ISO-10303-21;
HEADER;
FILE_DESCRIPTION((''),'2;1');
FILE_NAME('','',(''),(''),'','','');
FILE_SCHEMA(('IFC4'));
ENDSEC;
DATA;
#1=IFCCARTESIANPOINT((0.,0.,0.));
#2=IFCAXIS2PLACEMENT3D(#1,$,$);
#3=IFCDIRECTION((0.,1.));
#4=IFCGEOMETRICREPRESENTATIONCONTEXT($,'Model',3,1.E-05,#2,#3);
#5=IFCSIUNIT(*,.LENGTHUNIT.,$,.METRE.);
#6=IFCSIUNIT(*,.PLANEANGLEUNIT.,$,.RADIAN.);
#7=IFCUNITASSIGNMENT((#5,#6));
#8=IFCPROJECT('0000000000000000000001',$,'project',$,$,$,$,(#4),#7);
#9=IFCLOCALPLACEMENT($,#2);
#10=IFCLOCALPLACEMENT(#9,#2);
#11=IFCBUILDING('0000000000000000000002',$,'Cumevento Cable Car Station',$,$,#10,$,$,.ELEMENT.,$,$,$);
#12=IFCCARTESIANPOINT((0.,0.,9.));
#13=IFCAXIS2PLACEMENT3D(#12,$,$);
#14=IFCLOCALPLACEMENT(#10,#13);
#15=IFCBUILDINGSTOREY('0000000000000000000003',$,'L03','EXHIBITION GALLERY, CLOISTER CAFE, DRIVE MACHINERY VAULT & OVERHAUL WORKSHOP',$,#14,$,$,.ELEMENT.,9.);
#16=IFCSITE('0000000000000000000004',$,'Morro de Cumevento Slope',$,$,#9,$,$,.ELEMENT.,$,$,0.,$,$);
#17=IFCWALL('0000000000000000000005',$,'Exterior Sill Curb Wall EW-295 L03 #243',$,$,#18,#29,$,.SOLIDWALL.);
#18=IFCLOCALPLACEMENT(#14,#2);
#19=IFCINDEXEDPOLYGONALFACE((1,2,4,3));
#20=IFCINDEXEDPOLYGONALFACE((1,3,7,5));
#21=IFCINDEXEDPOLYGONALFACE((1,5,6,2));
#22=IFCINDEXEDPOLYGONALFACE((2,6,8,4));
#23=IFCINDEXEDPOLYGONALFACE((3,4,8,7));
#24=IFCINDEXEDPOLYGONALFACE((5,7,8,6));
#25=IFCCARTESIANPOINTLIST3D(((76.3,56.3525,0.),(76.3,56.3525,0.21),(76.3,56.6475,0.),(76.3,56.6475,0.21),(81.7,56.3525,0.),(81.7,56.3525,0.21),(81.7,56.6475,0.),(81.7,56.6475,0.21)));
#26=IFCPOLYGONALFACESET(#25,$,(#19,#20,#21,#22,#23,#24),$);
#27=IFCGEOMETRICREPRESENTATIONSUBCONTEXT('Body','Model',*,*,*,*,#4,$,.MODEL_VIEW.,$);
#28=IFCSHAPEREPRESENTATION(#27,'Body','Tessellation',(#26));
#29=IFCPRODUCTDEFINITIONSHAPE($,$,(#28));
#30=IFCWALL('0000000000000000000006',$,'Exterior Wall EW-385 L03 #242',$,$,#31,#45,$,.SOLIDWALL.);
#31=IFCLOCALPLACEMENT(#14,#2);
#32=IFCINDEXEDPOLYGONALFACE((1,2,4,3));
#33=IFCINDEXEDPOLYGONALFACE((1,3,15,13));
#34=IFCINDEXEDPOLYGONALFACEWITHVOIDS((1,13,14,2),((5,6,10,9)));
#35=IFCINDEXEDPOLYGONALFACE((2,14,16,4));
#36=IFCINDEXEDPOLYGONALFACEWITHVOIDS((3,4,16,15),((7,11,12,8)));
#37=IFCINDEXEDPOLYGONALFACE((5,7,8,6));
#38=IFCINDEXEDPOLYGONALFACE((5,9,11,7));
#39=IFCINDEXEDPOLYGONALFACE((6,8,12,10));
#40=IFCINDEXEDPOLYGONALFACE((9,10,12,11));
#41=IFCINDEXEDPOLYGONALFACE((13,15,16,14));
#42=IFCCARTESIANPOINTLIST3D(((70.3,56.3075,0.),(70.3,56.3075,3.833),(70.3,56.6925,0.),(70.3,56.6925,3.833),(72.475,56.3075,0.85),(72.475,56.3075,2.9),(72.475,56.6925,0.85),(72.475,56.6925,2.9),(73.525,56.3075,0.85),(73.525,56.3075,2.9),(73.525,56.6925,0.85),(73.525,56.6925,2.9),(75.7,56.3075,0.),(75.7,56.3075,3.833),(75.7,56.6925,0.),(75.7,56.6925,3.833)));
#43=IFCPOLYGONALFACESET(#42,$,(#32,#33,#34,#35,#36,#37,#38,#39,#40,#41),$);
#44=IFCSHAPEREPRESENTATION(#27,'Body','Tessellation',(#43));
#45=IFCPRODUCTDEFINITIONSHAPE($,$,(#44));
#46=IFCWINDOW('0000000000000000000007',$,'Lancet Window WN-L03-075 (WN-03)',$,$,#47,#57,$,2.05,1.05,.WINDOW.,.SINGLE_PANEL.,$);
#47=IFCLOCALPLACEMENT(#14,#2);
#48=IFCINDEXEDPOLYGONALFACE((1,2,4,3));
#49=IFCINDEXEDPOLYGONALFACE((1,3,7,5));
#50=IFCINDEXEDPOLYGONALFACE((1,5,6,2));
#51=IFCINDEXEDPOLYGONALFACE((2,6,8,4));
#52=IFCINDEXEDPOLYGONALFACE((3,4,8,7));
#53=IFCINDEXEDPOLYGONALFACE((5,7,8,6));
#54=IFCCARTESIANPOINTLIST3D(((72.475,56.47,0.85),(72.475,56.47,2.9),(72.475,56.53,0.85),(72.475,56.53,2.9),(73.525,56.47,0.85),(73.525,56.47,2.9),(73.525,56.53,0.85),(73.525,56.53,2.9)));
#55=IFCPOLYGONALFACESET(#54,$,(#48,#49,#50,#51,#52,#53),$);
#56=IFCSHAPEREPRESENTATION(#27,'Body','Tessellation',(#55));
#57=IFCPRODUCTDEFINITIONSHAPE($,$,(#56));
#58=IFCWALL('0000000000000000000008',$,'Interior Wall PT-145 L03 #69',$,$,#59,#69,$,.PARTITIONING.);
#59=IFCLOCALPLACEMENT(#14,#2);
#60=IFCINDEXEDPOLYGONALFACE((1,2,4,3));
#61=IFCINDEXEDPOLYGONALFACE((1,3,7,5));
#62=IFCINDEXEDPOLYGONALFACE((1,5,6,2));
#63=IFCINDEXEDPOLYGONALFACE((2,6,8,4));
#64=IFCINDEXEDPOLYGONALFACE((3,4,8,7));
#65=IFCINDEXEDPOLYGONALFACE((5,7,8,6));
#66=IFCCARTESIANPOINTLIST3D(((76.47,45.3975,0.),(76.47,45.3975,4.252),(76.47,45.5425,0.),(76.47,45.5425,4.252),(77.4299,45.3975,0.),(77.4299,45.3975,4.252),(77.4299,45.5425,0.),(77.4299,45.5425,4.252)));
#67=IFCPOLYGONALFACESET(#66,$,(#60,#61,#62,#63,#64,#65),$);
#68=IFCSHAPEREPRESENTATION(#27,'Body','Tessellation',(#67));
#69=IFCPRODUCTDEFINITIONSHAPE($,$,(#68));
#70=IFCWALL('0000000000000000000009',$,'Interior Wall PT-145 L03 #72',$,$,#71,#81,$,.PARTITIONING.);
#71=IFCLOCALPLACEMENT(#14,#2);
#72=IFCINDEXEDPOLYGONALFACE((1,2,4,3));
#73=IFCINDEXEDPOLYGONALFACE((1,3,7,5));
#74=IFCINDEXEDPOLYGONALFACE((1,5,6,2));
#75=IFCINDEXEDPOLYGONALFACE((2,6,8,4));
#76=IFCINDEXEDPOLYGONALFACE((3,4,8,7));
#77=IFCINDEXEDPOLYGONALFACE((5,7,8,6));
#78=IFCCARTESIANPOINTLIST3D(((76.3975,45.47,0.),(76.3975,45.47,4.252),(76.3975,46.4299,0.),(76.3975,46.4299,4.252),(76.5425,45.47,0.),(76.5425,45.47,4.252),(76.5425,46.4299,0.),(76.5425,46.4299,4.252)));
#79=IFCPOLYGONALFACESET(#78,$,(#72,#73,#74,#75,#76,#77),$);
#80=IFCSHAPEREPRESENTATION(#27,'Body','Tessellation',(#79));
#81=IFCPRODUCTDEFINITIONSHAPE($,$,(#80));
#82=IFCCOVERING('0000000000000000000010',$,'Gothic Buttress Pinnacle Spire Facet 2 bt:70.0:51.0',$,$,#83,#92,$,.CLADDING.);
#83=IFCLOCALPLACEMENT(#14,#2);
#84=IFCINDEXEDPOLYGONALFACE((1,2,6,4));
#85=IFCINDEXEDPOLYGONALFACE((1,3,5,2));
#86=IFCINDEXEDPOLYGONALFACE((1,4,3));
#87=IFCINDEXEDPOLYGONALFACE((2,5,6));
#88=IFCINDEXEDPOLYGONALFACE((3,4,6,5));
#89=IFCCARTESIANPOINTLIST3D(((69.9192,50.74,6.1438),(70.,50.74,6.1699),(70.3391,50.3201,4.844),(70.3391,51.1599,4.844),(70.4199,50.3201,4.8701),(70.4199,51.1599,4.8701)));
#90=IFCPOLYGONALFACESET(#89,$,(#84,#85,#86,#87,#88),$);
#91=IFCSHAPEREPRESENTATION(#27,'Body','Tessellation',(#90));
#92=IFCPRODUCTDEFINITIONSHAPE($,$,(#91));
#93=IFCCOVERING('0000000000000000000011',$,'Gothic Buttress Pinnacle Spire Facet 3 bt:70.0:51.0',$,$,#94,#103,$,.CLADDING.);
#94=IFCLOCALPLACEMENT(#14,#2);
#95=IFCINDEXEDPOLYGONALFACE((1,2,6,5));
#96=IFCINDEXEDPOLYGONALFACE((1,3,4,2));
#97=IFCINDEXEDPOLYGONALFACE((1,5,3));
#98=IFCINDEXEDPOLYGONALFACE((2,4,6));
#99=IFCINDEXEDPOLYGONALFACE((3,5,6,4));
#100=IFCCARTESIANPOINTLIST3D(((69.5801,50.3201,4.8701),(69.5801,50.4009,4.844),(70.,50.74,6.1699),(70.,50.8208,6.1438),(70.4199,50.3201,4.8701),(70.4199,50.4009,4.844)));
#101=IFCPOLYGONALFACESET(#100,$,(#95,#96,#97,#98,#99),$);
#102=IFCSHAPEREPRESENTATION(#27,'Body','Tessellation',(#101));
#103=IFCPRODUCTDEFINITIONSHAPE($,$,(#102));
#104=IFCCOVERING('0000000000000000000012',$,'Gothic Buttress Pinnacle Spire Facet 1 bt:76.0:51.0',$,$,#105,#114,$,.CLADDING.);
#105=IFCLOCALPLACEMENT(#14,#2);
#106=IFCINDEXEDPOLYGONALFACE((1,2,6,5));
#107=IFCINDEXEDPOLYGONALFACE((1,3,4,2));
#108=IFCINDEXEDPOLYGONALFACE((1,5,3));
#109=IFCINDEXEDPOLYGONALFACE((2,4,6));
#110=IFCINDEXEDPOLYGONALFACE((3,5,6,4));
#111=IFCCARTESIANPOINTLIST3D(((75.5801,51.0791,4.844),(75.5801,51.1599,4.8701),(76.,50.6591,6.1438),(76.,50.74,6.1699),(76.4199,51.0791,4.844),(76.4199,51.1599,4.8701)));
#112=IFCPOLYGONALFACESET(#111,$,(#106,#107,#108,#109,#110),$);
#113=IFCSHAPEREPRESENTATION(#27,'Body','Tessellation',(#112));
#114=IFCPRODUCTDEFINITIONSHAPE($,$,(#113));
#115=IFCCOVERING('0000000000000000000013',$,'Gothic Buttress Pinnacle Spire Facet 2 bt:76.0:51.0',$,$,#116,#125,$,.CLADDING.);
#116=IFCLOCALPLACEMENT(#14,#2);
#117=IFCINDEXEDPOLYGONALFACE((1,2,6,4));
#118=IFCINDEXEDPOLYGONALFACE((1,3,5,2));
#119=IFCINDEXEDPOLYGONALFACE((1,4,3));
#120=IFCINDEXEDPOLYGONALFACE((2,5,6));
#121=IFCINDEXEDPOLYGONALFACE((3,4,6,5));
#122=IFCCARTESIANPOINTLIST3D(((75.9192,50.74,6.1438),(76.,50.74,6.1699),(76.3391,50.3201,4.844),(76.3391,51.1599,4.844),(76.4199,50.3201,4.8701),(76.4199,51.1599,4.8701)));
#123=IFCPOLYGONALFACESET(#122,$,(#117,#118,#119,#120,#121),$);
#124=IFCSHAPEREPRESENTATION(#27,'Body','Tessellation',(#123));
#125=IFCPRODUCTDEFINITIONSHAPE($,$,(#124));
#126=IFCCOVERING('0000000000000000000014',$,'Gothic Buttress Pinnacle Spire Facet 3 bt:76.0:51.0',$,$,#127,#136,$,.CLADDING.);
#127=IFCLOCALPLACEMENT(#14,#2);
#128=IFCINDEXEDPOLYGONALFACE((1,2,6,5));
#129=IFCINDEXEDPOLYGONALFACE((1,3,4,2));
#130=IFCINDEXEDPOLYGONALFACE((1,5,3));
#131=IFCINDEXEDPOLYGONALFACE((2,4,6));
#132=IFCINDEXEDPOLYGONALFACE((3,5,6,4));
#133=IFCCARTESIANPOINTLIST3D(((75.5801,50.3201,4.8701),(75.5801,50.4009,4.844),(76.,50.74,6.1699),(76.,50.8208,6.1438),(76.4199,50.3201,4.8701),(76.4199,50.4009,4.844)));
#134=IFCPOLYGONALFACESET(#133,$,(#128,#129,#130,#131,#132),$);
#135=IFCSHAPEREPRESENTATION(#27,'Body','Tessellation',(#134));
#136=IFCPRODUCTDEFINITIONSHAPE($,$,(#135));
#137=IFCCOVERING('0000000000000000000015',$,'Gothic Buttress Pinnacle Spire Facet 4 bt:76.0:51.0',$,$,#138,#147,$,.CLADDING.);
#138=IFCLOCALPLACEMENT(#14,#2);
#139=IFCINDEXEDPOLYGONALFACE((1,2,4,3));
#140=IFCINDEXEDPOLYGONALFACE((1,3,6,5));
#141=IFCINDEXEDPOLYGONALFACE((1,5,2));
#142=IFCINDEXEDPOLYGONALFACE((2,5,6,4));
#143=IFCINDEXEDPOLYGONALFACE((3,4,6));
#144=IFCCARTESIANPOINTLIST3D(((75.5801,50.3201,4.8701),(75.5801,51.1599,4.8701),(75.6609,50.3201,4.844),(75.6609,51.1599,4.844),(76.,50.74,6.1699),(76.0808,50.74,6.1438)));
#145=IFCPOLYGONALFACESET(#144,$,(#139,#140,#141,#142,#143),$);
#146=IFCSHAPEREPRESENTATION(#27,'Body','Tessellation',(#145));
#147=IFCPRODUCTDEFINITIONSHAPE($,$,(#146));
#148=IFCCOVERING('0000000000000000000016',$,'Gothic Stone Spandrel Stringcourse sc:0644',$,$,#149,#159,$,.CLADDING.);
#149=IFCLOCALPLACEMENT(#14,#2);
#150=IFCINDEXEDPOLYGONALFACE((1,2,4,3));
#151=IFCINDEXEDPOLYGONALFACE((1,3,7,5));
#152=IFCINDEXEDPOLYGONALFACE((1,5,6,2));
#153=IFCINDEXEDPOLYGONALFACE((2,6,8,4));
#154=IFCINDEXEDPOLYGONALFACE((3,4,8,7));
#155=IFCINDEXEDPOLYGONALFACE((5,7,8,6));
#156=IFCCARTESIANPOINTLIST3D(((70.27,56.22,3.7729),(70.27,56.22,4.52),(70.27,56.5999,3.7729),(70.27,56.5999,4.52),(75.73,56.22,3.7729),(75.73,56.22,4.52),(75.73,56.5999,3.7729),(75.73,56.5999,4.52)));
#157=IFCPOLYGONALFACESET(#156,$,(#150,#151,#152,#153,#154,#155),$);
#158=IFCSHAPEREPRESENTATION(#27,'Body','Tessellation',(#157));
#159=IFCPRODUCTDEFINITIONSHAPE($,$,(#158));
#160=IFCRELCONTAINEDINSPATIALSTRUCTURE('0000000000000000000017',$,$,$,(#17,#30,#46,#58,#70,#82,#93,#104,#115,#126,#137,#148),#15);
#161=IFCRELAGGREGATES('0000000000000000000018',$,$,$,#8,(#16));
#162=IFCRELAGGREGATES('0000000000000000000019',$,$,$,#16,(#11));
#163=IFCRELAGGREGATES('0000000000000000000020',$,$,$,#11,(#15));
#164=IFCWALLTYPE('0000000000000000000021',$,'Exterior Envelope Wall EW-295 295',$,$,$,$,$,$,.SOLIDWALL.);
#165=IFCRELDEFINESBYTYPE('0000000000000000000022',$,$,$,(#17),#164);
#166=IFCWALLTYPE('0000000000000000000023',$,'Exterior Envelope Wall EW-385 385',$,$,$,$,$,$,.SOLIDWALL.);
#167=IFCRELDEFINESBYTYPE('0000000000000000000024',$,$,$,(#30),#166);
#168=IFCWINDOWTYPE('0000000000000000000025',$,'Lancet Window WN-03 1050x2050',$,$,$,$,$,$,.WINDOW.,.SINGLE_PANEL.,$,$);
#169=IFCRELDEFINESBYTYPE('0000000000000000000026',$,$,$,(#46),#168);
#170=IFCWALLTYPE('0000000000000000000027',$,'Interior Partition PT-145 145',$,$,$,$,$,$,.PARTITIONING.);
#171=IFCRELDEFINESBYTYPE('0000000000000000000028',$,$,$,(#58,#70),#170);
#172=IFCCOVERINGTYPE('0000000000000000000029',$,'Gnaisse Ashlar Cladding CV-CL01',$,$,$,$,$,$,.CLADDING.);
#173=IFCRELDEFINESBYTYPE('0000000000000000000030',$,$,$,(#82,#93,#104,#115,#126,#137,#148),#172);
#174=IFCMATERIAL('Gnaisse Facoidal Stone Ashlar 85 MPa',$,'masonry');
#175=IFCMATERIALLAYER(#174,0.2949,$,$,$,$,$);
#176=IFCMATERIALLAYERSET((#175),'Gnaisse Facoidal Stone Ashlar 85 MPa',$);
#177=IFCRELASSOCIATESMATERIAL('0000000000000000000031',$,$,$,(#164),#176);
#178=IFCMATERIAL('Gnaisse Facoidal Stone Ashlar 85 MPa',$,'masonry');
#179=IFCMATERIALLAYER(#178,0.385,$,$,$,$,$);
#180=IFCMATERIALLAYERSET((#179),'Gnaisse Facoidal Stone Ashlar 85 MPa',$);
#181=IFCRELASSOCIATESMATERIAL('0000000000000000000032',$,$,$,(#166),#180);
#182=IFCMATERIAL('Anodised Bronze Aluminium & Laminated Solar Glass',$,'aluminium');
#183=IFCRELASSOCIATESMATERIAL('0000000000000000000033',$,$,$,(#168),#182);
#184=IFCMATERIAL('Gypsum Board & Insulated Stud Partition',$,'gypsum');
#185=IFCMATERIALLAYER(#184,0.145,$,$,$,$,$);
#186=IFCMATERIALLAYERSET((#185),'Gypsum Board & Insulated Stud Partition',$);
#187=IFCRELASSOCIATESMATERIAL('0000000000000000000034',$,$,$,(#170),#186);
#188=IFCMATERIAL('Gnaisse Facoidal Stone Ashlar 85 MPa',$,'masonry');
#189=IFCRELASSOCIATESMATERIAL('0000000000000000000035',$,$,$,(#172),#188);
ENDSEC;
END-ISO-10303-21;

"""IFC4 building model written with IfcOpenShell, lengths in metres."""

from ifc_helpers import new_model, si_unit, direction, frame, frame_2d, origin, origin_2d, place, context, subcontext, project, spatial, polyline, rectangle, outline, extrude, material, layer, layer_set, type_object, element, fill, save


model = new_model("IFC4")

# Units and contexts
model_context = context("Model", 3, precision=1e-05, world=origin(), true_north=direction((0.0, 1.0)))
body_context = subcontext(model_context, "Body", "Model", "MODEL_VIEW")
ifc_project = project(units=[si_unit("LENGTHUNIT", "METRE"), si_unit("PLANEANGLEUNIT", "RADIAN")], contexts=[model_context])

# Site, building, storey
site_placement = place(None, origin())
site = spatial("IfcSite", under=ifc_project, at=site_placement, Name="Morro de Cumevento Slope", CompositionType="ELEMENT", RefElevation=0.0)
building_placement = place(site_placement, origin())
building = spatial("IfcBuilding", under=site, at=building_placement, Name="Cumevento Cable Car Station", CompositionType="ELEMENT")
storey_placement = place(building_placement, frame((0.0, 0.0, 9.0)))
storey = spatial("IfcBuildingStorey", under=building, at=storey_placement, Name="L03", Description="EXHIBITION GALLERY, CLOISTER CAFE, DRIVE MACHINERY VAULT & OVERHAUL WORKSHOP", CompositionType="ELEMENT", Elevation=9.0)

# Wall
ifc_material_1 = material(Name="Gnaisse Facoidal Stone Ashlar 85 MPa", Category="masonry")
ifc_layer_1 = layer(ifc_material_1, 0.2949)
ifc_layer_set_1 = layer_set([ifc_layer_1], Name="Gnaisse Facoidal Stone Ashlar 85 MPa")
wall_type_1 = type_object("IfcWallType", Name="Exterior Envelope Wall EW-295 295", PredefinedType="SOLIDWALL", material=ifc_layer_set_1)
wall_1_placement = place(storey_placement, frame((76.3, 56.5, 0.0), z_axis=(0.0, 0.0, 1.0), x_axis=(1.0, 0.0, 0.0)))
element("IfcWall", 1, at=wall_1_placement, inside=storey, type_object=wall_type_1, Name="Exterior Sill Curb Wall EW-295 L03 #243", PredefinedType="SOLIDWALL", context=body_context, shape_type="SweptSolid", body=[
    extrude(rectangle(XDim=5.3999, YDim=0.2949, at=frame_2d((2.7, 0.0))), origin(), (0.0, 0.0, 1.0), 0.21),
])

# Wall, opening, window
ifc_material_2 = material(Name="Gnaisse Facoidal Stone Ashlar 85 MPa", Category="masonry")
ifc_layer_2 = layer(ifc_material_2, 0.385)
ifc_layer_set_2 = layer_set([ifc_layer_2], Name="Gnaisse Facoidal Stone Ashlar 85 MPa")
wall_type_2 = type_object("IfcWallType", Name="Exterior Envelope Wall EW-385 385", PredefinedType="SOLIDWALL", material=ifc_layer_set_2)
wall_2_placement = place(storey_placement, frame((70.3, 56.5, 0.0), z_axis=(0.0, 0.0, 1.0), x_axis=(1.0, 0.0, 0.0)))
wall_2 = element("IfcWall", 2, at=wall_2_placement, inside=storey, type_object=wall_type_2, Name="Exterior Wall EW-385 L03 #242", PredefinedType="SOLIDWALL", context=body_context, shape_type="SweptSolid", body=[
    extrude(rectangle(XDim=5.3999, YDim=0.385, at=frame_2d((2.7, 0.0))), origin(), (0.0, 0.0, 1.0), 3.833),
])
opening_placement = place(wall_2_placement, frame((2.175, 0.0, 0.8501)))
opening = element("IfcOpeningElement", 3, at=opening_placement, cuts=wall_2, PredefinedType="OPENING", context=body_context, shape_type="SweptSolid", body=[
    extrude(rectangle(XDim=1.05, YDim=2.05, at=frame_2d((0.5249, 1.0249))), frame((0.0, 0.2024, 0.0), z_axis=(0.0, -1.0, 0.0), x_axis=(1.0, 0.0, 0.0)), (0.0, 0.0, 1.0), 0.405),
])
ifc_material_3 = material(Name="Anodised Bronze Aluminium & Laminated Solar Glass", Category="aluminium")
window_type = type_object("IfcWindowType", Name="Lancet Window WN-03 1050x2050", PartitioningType="SINGLE_PANEL", PredefinedType="WINDOW", material=ifc_material_3)
window_placement = place(opening_placement, origin())
window = element("IfcWindow", 4, at=window_placement, inside=storey, type_object=window_type, Name="Lancet Window WN-L03-075 (WN-03)", OverallHeight=2.05, OverallWidth=1.05, PartitioningType="SINGLE_PANEL", PredefinedType="WINDOW", context=body_context, shape_type="SweptSolid", body=[
    extrude(rectangle(XDim=1.05, YDim=2.05, at=frame_2d((0.5249, 1.0249))), frame((0.0, 0.03, 0.0), z_axis=(0.0, -1.0, 0.0), x_axis=(1.0, 0.0, 0.0)), (0.0, 0.0, 1.0), 0.0601),
])
fill(opening, window)

# Walls
ifc_material_4 = material(Name="Gypsum Board & Insulated Stud Partition", Category="gypsum")
ifc_layer_3 = layer(ifc_material_4, 0.145)
ifc_layer_set_3 = layer_set([ifc_layer_3], Name="Gypsum Board & Insulated Stud Partition")
wall_type_3 = type_object("IfcWallType", Name="Interior Partition PT-145 145", PredefinedType="PARTITIONING", material=ifc_layer_set_3)
for number, where, z_axis, x_axis, name in (
    (5, (76.47, 45.47, 0.0), (0.0, 0.0, 1.0), (1.0, 0.0, 0.0), "Interior Wall PT-145 L03 #69"),
    (6, (76.47, 46.4299, 0.0), (0.0, 0.0, 1.0), (0.0, -1.0, 0.0), "Interior Wall PT-145 L03 #72"),
):
    element("IfcWall", number, at=place(storey_placement, frame(where, z_axis=z_axis, x_axis=x_axis)), inside=storey, type_object=wall_type_3, Name=name, PredefinedType="PARTITIONING", context=body_context, shape_type="SweptSolid", body=[
        extrude(rectangle(XDim=0.96, YDim=0.145, at=frame_2d((0.48, 0.0))), origin(), (0.0, 0.0, 1.0), 4.252),
    ])

# Coverings
ifc_material_5 = material(Name="Gnaisse Facoidal Stone Ashlar 85 MPa", Category="masonry")
covering_type = type_object("IfcCoveringType", Name="Gnaisse Ashlar Cladding CV-CL01", PredefinedType="CLADDING", material=ifc_material_5)
for number, where, z_axis, x_axis, name in (
    (7, (70.4199, 51.1599, 4.8701), (0.951574, 0.0, 0.307421), (0.0, -1.0, 0.0), "Gothic Buttress Pinnacle Spire Facet 2 bt:70.0:51.0"),
    (8, (70.4199, 50.3201, 4.8701), (0.0, -0.951574, 0.307421), (-1.0, 0.0, 0.0), "Gothic Buttress Pinnacle Spire Facet 3 bt:70.0:51.0"),
    (9, (75.5801, 51.1599, 4.8701), (0.0, 0.951574, 0.307421), (1.0, 0.0, 0.0), "Gothic Buttress Pinnacle Spire Facet 1 bt:76.0:51.0"),
    (10, (76.4199, 51.1599, 4.8701), (0.951574, 0.0, 0.307421), (0.0, -1.0, 0.0), "Gothic Buttress Pinnacle Spire Facet 2 bt:76.0:51.0"),
    (11, (76.4199, 50.3201, 4.8701), (0.0, -0.951574, 0.307421), (-1.0, 0.0, 0.0), "Gothic Buttress Pinnacle Spire Facet 3 bt:76.0:51.0"),
    (12, (75.5801, 50.3201, 4.8701), (-0.951574, 0.0, 0.307421), (0.0, 1.0, 0.0), "Gothic Buttress Pinnacle Spire Facet 4 bt:76.0:51.0"),
):
    element("IfcCovering", number, at=place(storey_placement, frame(where, z_axis=z_axis, x_axis=x_axis)), inside=storey, type_object=covering_type, Name=name, PredefinedType="CLADDING", context=body_context, shape_type="SweptSolid", body=[
        extrude(outline(polyline([(0.0, 0.0), (0.8398, 0.0), (0.4199, -1.366), (0.0, 0.0)])), origin(), (0.0, 0.0, -1.0), 0.085),
    ])
covering_1_placement = place(storey_placement, frame((73.0, 56.4099, 3.7729), z_axis=(0.0, 0.0, 1.0), x_axis=(1.0, 0.0, 0.0)))
element("IfcCovering", 13, at=covering_1_placement, inside=storey, type_object=covering_type, Name="Gothic Stone Spandrel Stringcourse sc:0644", PredefinedType="CLADDING", context=body_context, shape_type="SweptSolid", body=[
    extrude(rectangle(XDim=5.46, YDim=0.3799, at=origin_2d()), origin(), (0.0, 0.0, 1.0), 0.7471),
])

save(model, "model.ifc")
